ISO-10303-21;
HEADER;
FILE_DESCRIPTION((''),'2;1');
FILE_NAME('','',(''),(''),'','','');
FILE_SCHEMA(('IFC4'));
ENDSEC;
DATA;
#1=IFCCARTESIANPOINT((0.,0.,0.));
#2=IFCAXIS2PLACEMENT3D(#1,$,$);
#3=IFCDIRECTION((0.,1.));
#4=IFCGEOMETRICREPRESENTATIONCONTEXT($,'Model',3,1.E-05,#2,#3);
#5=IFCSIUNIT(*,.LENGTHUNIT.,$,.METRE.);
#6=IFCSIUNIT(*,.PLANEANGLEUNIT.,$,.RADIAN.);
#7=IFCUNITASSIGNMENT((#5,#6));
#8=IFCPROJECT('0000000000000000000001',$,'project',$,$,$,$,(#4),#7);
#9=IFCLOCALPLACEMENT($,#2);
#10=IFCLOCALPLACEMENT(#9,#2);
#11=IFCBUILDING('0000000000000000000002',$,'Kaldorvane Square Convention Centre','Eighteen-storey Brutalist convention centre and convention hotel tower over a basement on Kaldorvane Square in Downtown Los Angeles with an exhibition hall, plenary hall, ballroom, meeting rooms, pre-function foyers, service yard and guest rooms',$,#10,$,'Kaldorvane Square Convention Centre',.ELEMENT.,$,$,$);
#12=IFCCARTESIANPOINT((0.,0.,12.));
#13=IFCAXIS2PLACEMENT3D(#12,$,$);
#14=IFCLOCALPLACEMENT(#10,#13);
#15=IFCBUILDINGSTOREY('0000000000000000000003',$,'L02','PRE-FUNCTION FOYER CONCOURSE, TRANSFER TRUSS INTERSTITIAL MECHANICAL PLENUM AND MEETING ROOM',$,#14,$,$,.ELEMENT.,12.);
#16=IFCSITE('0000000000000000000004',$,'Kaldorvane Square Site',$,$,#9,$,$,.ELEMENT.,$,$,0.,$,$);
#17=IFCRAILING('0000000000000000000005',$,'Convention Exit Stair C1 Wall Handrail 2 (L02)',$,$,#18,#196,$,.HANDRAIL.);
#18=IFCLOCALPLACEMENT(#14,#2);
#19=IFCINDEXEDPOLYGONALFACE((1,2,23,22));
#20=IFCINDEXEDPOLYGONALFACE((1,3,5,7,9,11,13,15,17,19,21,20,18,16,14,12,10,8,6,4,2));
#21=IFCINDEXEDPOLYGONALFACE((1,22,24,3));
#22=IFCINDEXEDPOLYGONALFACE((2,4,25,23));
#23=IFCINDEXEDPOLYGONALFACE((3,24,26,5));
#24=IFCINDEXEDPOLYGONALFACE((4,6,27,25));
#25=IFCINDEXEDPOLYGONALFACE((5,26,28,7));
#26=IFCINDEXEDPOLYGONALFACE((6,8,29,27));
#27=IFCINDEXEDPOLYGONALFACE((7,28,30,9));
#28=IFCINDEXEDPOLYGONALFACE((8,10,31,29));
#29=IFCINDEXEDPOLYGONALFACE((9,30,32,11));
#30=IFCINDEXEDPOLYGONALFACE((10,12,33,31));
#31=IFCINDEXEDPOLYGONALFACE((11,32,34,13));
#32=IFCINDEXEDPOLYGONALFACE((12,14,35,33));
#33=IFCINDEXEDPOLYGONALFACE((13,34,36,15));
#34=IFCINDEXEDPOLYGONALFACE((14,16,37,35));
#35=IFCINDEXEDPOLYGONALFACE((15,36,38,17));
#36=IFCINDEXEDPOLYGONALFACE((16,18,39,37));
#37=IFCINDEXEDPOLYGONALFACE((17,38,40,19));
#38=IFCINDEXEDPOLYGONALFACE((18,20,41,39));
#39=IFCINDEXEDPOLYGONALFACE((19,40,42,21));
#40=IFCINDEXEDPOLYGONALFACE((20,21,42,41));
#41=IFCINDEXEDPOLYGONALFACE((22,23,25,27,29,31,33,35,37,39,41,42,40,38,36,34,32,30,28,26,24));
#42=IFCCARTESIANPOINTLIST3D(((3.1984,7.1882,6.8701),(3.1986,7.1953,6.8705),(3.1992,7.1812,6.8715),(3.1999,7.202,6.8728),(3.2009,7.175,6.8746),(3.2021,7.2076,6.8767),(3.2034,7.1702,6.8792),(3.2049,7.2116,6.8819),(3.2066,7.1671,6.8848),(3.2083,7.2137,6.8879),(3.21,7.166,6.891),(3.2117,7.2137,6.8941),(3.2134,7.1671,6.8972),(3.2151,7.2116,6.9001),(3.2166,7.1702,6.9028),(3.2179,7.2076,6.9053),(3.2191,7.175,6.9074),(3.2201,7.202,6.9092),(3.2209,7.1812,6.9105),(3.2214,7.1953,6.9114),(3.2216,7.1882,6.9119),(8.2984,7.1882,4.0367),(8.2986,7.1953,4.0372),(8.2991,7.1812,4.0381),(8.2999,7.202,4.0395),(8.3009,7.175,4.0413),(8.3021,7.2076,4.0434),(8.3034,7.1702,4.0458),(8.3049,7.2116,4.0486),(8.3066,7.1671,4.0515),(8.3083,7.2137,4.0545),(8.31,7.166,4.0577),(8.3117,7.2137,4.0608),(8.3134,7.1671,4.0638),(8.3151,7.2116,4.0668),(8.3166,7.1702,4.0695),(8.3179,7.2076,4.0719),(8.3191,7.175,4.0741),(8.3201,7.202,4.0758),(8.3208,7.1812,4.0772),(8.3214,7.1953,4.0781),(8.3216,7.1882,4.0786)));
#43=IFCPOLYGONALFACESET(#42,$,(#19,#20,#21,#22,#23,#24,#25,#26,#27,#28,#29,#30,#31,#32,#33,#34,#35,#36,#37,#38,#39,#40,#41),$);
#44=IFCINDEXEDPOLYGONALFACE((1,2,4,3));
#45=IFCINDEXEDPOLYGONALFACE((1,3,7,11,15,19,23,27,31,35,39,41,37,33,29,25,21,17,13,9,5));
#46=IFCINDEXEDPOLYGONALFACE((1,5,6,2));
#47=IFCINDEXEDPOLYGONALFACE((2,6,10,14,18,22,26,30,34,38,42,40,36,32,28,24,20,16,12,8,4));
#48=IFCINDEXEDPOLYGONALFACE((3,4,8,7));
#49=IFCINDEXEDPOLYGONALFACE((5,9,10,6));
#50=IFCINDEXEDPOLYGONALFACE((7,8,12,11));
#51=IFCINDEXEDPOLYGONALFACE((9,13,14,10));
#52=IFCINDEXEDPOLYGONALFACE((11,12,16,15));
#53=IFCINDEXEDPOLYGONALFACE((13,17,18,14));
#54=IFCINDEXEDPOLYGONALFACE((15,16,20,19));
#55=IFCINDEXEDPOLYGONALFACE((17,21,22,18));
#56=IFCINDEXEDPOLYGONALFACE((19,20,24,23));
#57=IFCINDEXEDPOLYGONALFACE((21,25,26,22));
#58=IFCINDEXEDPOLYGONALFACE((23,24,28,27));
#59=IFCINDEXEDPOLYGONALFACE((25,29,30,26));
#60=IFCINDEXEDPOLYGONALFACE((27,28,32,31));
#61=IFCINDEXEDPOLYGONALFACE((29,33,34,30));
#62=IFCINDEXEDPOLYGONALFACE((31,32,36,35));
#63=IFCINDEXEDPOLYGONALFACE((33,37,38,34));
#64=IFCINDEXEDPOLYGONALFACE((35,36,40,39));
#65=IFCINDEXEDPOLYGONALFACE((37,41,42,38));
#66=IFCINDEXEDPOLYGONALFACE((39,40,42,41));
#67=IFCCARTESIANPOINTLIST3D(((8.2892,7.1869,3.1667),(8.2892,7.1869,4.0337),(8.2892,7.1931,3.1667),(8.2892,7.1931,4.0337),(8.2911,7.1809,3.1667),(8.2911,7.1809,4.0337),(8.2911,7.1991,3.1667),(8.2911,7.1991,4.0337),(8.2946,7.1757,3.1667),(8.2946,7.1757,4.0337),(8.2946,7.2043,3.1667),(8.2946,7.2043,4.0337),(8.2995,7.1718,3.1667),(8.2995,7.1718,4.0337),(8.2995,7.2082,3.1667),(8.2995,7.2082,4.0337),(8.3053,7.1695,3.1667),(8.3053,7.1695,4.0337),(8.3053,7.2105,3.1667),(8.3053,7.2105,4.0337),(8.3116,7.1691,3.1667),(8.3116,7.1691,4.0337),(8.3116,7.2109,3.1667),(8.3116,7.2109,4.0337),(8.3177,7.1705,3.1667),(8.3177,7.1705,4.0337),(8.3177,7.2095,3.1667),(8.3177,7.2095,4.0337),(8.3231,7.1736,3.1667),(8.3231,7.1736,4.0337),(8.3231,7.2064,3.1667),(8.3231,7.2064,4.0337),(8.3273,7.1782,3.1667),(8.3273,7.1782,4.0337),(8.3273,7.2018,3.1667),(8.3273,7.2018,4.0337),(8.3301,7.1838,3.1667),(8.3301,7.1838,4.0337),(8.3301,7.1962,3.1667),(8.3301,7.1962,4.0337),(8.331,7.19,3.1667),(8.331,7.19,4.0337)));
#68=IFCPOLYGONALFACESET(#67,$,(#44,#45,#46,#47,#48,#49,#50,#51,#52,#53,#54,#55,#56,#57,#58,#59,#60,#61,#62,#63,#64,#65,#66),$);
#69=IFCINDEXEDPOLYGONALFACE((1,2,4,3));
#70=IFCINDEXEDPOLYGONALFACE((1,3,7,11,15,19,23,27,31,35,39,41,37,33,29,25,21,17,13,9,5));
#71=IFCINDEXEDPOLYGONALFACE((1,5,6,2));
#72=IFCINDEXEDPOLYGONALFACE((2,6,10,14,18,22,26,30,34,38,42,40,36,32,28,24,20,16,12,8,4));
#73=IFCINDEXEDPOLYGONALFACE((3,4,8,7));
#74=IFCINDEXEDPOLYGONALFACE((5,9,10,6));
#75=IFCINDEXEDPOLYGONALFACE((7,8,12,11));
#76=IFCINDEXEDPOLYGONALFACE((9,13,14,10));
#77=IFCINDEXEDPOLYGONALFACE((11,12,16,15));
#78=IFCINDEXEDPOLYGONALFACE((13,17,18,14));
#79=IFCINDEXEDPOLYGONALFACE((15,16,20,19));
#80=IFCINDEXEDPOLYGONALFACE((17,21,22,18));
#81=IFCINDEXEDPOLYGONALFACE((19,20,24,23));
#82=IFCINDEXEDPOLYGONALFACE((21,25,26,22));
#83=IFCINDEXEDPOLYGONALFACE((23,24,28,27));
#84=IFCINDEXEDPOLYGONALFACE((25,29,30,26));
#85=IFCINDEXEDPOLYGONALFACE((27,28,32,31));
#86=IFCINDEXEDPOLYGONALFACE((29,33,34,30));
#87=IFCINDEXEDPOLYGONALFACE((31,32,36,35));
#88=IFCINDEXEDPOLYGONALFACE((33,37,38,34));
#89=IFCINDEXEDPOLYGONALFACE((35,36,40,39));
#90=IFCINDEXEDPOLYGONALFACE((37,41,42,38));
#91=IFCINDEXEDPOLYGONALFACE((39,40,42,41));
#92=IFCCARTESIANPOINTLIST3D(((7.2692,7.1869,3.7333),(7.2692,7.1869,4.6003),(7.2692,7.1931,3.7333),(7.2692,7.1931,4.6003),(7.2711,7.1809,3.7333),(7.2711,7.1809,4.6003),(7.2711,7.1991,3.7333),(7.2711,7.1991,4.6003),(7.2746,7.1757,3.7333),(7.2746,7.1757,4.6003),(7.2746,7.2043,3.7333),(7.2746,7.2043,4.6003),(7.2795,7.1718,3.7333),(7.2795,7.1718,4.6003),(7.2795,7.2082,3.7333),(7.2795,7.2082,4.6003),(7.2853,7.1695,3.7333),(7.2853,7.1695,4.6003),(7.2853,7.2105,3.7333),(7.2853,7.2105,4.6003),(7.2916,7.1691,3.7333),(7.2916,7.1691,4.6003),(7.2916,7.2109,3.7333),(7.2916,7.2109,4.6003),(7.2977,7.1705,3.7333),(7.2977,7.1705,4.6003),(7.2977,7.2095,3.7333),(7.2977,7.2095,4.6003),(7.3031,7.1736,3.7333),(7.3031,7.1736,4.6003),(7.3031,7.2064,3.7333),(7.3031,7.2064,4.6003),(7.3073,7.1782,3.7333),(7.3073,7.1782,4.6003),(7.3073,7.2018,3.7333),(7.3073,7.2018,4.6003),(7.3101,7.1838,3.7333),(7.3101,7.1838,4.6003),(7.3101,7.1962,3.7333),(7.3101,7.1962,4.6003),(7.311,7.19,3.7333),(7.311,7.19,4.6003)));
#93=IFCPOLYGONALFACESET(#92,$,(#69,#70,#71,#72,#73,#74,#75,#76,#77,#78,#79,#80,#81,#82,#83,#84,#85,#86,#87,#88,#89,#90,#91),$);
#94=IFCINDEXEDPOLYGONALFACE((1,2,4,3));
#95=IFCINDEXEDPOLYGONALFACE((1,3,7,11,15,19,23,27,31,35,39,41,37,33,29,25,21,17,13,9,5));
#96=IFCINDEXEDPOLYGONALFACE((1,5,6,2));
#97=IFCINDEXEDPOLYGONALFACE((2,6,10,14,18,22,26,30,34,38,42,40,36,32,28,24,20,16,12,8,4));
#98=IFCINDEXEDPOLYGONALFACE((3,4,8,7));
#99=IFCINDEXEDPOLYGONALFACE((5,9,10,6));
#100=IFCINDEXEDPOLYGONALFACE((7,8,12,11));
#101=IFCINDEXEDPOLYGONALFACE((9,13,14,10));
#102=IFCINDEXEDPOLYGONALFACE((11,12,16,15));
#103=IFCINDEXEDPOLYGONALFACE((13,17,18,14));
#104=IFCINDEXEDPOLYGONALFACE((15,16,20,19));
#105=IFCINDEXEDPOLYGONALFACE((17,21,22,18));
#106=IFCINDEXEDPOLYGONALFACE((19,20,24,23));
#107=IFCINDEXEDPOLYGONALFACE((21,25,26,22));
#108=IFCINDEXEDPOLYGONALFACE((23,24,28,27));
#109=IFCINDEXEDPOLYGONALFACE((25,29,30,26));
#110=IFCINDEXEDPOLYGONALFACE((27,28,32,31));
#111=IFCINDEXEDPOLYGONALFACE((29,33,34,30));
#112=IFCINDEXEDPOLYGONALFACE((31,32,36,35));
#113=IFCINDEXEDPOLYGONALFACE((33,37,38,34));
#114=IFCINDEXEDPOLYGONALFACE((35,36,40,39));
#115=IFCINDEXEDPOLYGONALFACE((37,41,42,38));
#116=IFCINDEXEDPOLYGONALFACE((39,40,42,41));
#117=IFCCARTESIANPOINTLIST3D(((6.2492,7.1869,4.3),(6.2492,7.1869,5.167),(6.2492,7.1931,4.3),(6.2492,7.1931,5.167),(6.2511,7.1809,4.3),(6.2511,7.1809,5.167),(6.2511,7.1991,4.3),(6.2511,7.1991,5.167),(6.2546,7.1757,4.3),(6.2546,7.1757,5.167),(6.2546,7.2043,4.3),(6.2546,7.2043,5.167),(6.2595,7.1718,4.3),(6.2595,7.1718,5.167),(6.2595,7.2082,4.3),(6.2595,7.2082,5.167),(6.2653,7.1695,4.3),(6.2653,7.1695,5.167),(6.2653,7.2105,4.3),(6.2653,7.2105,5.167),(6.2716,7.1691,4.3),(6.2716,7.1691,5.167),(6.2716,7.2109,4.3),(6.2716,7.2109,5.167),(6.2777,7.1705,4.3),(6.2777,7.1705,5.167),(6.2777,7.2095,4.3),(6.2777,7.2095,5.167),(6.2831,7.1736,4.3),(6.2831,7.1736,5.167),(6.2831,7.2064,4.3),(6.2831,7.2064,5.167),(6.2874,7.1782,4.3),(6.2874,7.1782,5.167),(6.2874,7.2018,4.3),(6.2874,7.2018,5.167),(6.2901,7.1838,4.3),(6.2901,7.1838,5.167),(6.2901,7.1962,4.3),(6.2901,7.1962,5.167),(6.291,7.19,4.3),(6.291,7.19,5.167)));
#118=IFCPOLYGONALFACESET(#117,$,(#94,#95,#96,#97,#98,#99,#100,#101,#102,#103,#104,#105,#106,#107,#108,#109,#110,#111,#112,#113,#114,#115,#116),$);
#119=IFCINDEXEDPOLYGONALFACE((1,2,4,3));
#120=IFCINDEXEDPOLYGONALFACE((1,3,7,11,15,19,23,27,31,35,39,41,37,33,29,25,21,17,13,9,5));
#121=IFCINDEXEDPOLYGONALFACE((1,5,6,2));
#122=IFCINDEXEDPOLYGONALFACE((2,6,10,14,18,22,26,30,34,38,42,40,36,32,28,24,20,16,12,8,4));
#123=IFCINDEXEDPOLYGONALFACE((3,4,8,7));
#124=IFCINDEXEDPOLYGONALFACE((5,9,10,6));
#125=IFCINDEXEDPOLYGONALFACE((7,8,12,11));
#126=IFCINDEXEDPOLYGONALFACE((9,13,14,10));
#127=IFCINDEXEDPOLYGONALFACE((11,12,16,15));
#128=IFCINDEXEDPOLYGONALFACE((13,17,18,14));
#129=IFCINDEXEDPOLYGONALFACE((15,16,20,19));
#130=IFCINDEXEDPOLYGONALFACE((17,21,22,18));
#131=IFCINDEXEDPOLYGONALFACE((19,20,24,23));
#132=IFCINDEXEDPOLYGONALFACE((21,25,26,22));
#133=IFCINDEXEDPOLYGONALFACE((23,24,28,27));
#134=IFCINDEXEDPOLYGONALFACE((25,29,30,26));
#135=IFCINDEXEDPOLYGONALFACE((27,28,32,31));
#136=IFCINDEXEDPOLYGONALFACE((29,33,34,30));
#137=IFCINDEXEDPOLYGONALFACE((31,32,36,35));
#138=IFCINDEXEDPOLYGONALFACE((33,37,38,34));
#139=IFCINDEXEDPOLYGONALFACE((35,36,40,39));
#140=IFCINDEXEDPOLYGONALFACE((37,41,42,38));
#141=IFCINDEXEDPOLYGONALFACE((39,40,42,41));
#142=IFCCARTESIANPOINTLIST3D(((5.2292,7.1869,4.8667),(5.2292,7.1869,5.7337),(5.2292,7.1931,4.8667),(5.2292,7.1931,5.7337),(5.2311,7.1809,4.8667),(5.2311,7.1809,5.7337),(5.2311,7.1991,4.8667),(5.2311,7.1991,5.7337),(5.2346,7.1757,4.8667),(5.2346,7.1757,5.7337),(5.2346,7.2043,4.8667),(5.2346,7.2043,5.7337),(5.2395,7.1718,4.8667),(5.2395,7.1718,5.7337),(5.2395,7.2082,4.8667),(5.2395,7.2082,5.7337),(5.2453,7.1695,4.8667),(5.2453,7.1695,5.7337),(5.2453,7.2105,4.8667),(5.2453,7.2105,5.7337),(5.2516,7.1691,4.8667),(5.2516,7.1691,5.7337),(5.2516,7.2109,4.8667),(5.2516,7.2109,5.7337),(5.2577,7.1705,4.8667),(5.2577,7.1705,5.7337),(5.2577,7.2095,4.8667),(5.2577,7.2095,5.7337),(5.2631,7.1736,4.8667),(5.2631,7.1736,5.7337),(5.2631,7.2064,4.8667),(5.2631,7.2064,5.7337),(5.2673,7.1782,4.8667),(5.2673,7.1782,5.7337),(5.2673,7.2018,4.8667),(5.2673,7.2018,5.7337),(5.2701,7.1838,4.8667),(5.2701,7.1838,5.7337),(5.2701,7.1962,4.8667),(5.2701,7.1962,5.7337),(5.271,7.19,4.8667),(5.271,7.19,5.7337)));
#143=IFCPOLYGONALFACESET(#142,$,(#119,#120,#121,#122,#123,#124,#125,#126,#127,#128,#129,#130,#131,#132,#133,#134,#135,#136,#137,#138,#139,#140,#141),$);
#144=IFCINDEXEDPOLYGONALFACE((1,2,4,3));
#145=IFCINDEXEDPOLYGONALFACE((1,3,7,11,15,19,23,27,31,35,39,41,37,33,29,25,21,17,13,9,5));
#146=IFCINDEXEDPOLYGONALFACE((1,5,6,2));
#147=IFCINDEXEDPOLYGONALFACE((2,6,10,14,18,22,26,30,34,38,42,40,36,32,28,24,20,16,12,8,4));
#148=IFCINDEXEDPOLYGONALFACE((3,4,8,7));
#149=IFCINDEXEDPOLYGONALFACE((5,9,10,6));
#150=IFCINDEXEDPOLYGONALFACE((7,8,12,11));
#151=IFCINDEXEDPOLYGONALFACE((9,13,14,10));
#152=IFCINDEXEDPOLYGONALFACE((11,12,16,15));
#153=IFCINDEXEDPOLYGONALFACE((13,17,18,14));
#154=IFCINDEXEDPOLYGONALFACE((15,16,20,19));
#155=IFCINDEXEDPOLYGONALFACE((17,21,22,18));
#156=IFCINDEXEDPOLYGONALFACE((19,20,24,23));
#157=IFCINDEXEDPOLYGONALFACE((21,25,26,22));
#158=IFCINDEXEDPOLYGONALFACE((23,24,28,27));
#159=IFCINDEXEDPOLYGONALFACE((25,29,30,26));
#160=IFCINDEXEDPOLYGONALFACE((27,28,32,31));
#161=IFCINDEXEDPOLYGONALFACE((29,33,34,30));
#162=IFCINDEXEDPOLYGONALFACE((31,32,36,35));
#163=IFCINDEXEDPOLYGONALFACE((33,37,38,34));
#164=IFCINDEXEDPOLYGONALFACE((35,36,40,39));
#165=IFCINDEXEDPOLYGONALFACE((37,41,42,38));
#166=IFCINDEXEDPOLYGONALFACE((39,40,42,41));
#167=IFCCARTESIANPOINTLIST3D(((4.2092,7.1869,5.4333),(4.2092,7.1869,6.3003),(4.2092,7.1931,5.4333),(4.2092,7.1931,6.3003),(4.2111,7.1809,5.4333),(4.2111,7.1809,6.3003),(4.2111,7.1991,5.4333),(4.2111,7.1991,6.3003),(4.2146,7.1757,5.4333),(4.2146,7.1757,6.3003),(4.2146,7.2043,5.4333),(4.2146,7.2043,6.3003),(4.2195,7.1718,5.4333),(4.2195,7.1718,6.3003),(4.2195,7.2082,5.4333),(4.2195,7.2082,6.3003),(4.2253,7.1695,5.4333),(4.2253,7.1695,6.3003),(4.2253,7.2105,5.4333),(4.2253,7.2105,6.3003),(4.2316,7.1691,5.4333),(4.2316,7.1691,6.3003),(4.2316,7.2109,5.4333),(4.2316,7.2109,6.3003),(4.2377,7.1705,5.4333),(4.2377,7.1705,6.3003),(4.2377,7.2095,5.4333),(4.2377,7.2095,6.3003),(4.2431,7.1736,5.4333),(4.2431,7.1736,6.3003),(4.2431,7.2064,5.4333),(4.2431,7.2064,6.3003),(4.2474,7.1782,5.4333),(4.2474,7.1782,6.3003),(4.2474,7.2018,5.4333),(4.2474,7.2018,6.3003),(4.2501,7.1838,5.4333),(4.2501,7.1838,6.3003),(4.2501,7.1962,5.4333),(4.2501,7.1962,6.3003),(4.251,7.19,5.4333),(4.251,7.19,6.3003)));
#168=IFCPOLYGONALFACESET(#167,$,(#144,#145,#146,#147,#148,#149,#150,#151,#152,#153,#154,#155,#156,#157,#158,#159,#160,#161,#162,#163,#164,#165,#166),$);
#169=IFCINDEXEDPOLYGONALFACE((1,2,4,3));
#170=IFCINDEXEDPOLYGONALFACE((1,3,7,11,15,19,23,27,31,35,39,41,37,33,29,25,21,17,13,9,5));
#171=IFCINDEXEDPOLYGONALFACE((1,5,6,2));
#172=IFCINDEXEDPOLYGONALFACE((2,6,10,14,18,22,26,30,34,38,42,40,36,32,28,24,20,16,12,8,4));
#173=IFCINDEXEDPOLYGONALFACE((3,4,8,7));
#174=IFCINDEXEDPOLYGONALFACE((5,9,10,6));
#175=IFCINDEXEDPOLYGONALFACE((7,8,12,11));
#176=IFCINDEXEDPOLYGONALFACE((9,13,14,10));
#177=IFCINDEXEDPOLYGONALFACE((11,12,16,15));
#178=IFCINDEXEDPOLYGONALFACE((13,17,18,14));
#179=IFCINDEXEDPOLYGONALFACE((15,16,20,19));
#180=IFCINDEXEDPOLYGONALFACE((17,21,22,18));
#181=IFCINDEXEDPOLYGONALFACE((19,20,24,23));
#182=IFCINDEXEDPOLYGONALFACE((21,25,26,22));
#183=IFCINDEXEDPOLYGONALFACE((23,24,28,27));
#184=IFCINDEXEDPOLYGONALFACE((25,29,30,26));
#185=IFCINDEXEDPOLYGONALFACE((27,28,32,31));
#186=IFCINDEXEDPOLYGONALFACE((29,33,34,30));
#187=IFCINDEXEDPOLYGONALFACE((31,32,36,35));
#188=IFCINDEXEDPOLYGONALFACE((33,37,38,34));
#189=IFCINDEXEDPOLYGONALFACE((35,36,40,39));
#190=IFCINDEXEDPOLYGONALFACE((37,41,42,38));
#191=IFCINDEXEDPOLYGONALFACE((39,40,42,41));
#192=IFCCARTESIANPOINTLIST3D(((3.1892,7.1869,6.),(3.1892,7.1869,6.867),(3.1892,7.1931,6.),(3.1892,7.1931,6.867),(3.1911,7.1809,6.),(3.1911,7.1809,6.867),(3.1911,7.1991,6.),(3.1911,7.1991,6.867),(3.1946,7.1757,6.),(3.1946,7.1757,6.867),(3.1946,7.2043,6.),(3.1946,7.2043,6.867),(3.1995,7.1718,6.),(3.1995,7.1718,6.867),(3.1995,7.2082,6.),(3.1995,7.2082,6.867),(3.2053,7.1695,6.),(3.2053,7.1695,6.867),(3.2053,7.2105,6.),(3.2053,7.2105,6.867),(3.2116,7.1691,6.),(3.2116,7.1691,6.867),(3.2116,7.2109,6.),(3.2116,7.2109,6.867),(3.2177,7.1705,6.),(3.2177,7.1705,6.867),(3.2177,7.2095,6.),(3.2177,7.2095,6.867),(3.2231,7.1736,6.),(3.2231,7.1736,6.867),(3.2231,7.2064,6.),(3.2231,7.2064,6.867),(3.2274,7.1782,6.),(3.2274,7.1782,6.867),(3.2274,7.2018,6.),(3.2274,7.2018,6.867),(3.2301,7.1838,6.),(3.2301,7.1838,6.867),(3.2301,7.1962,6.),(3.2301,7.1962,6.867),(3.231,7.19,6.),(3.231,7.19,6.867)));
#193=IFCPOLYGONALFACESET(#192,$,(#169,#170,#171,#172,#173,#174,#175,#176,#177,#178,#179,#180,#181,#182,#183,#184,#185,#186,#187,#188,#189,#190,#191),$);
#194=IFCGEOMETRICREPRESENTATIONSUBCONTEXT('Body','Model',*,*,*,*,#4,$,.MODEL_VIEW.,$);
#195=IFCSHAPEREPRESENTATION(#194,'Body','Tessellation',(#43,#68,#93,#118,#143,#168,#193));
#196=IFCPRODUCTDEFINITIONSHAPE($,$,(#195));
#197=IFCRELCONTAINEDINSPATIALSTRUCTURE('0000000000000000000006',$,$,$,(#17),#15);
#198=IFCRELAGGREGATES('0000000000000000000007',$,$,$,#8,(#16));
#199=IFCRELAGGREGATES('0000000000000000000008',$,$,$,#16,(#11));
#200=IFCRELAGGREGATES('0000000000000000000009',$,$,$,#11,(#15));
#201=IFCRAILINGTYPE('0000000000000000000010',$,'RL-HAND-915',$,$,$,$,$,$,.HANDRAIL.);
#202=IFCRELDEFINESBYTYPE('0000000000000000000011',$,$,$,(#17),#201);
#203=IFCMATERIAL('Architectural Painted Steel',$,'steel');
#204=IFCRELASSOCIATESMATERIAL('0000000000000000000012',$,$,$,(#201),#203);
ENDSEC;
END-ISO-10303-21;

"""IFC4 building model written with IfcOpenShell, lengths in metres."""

from ifc_helpers import new_model, si_unit, direction, frame, origin, origin_2d, place, context, subcontext, project, spatial, circle, extrude, material, type_object, element, save


model = new_model("IFC4")

# Units and contexts
model_context = context("Model", 3, precision=1e-05, world=origin(), true_north=direction((0.0, 1.0)))
body_context = subcontext(model_context, "Body", "Model", "MODEL_VIEW")
ifc_project = project(units=[si_unit("LENGTHUNIT", "METRE"), si_unit("PLANEANGLEUNIT", "RADIAN")], contexts=[model_context])

# Site, building, storey
site_placement = place(None, origin())
site = spatial("IfcSite", under=ifc_project, at=site_placement, Name="Kaldorvane Square Site", CompositionType="ELEMENT", RefElevation=0.0)
building_placement = place(site_placement, origin())
building = spatial("IfcBuilding", under=site, at=building_placement, Name="Kaldorvane Square Convention Centre", Description="Eighteen-storey Brutalist convention centre and convention hotel tower over a basement on Kaldorvane Square in Downtown Los Angeles with an exhibition hall, plenary hall, ballroom, meeting rooms, pre-function foyers, service yard and guest rooms", LongName="Kaldorvane Square Convention Centre", CompositionType="ELEMENT")
storey_placement = place(building_placement, frame((0.0, 0.0, 12.0)))
storey = spatial("IfcBuildingStorey", under=building, at=storey_placement, Name="L02", Description="PRE-FUNCTION FOYER CONCOURSE, TRANSFER TRUSS INTERSTITIAL MECHANICAL PLENUM AND MEETING ROOM", CompositionType="ELEMENT", Elevation=12.0)

# Railing
ifc_material_1 = material(Name="Architectural Painted Steel", Category="steel")
railing_type_1 = type_object("IfcRailingType", Name="RL-HAND-915", PredefinedType="HANDRAIL", material=ifc_material_1)
for number, where, name in (
    (1, (8.31, 7.19, 3.1667), "Convention Exit Stair C1 Wall Handrail 2 (L02)"),
):
    element("IfcRailing", number, at=place(storey_placement, frame(where)), inside=storey, type_object=railing_type_1, Name=name, PredefinedType="HANDRAIL", context=body_context, shape_type="SweptSolid", body=[
        extrude(circle(Radius=0.024, at=origin_2d()), frame((0.0, 0.0, 0.891), z_axis=(-0.874157, 0.0, 0.485643), x_axis=(0.0, -1.0, 0.0)), (0.0, 0.0, 1.0), 5.8342),
        extrude(circle(Radius=0.021, at=origin_2d()), origin(), (0.0, 0.0, 1.0), 0.867),
        extrude(circle(Radius=0.021, at=origin_2d()), frame((-1.02, 0.0, 0.5667)), (0.0, 0.0, 1.0), 0.867),
        extrude(circle(Radius=0.021, at=origin_2d()), frame((-2.04, 0.0, 1.1333)), (0.0, 0.0, 1.0), 0.867),
        extrude(circle(Radius=0.021, at=origin_2d()), frame((-3.06, 0.0, 1.7)), (0.0, 0.0, 1.0), 0.867),
        extrude(circle(Radius=0.021, at=origin_2d()), frame((-4.08, 0.0, 2.2667)), (0.0, 0.0, 1.0), 0.867),
        extrude(circle(Radius=0.021, at=origin_2d()), frame((-5.1, 0.0, 2.8333)), (0.0, 0.0, 1.0), 0.867),
    ])

save(model, "model.ifc")
